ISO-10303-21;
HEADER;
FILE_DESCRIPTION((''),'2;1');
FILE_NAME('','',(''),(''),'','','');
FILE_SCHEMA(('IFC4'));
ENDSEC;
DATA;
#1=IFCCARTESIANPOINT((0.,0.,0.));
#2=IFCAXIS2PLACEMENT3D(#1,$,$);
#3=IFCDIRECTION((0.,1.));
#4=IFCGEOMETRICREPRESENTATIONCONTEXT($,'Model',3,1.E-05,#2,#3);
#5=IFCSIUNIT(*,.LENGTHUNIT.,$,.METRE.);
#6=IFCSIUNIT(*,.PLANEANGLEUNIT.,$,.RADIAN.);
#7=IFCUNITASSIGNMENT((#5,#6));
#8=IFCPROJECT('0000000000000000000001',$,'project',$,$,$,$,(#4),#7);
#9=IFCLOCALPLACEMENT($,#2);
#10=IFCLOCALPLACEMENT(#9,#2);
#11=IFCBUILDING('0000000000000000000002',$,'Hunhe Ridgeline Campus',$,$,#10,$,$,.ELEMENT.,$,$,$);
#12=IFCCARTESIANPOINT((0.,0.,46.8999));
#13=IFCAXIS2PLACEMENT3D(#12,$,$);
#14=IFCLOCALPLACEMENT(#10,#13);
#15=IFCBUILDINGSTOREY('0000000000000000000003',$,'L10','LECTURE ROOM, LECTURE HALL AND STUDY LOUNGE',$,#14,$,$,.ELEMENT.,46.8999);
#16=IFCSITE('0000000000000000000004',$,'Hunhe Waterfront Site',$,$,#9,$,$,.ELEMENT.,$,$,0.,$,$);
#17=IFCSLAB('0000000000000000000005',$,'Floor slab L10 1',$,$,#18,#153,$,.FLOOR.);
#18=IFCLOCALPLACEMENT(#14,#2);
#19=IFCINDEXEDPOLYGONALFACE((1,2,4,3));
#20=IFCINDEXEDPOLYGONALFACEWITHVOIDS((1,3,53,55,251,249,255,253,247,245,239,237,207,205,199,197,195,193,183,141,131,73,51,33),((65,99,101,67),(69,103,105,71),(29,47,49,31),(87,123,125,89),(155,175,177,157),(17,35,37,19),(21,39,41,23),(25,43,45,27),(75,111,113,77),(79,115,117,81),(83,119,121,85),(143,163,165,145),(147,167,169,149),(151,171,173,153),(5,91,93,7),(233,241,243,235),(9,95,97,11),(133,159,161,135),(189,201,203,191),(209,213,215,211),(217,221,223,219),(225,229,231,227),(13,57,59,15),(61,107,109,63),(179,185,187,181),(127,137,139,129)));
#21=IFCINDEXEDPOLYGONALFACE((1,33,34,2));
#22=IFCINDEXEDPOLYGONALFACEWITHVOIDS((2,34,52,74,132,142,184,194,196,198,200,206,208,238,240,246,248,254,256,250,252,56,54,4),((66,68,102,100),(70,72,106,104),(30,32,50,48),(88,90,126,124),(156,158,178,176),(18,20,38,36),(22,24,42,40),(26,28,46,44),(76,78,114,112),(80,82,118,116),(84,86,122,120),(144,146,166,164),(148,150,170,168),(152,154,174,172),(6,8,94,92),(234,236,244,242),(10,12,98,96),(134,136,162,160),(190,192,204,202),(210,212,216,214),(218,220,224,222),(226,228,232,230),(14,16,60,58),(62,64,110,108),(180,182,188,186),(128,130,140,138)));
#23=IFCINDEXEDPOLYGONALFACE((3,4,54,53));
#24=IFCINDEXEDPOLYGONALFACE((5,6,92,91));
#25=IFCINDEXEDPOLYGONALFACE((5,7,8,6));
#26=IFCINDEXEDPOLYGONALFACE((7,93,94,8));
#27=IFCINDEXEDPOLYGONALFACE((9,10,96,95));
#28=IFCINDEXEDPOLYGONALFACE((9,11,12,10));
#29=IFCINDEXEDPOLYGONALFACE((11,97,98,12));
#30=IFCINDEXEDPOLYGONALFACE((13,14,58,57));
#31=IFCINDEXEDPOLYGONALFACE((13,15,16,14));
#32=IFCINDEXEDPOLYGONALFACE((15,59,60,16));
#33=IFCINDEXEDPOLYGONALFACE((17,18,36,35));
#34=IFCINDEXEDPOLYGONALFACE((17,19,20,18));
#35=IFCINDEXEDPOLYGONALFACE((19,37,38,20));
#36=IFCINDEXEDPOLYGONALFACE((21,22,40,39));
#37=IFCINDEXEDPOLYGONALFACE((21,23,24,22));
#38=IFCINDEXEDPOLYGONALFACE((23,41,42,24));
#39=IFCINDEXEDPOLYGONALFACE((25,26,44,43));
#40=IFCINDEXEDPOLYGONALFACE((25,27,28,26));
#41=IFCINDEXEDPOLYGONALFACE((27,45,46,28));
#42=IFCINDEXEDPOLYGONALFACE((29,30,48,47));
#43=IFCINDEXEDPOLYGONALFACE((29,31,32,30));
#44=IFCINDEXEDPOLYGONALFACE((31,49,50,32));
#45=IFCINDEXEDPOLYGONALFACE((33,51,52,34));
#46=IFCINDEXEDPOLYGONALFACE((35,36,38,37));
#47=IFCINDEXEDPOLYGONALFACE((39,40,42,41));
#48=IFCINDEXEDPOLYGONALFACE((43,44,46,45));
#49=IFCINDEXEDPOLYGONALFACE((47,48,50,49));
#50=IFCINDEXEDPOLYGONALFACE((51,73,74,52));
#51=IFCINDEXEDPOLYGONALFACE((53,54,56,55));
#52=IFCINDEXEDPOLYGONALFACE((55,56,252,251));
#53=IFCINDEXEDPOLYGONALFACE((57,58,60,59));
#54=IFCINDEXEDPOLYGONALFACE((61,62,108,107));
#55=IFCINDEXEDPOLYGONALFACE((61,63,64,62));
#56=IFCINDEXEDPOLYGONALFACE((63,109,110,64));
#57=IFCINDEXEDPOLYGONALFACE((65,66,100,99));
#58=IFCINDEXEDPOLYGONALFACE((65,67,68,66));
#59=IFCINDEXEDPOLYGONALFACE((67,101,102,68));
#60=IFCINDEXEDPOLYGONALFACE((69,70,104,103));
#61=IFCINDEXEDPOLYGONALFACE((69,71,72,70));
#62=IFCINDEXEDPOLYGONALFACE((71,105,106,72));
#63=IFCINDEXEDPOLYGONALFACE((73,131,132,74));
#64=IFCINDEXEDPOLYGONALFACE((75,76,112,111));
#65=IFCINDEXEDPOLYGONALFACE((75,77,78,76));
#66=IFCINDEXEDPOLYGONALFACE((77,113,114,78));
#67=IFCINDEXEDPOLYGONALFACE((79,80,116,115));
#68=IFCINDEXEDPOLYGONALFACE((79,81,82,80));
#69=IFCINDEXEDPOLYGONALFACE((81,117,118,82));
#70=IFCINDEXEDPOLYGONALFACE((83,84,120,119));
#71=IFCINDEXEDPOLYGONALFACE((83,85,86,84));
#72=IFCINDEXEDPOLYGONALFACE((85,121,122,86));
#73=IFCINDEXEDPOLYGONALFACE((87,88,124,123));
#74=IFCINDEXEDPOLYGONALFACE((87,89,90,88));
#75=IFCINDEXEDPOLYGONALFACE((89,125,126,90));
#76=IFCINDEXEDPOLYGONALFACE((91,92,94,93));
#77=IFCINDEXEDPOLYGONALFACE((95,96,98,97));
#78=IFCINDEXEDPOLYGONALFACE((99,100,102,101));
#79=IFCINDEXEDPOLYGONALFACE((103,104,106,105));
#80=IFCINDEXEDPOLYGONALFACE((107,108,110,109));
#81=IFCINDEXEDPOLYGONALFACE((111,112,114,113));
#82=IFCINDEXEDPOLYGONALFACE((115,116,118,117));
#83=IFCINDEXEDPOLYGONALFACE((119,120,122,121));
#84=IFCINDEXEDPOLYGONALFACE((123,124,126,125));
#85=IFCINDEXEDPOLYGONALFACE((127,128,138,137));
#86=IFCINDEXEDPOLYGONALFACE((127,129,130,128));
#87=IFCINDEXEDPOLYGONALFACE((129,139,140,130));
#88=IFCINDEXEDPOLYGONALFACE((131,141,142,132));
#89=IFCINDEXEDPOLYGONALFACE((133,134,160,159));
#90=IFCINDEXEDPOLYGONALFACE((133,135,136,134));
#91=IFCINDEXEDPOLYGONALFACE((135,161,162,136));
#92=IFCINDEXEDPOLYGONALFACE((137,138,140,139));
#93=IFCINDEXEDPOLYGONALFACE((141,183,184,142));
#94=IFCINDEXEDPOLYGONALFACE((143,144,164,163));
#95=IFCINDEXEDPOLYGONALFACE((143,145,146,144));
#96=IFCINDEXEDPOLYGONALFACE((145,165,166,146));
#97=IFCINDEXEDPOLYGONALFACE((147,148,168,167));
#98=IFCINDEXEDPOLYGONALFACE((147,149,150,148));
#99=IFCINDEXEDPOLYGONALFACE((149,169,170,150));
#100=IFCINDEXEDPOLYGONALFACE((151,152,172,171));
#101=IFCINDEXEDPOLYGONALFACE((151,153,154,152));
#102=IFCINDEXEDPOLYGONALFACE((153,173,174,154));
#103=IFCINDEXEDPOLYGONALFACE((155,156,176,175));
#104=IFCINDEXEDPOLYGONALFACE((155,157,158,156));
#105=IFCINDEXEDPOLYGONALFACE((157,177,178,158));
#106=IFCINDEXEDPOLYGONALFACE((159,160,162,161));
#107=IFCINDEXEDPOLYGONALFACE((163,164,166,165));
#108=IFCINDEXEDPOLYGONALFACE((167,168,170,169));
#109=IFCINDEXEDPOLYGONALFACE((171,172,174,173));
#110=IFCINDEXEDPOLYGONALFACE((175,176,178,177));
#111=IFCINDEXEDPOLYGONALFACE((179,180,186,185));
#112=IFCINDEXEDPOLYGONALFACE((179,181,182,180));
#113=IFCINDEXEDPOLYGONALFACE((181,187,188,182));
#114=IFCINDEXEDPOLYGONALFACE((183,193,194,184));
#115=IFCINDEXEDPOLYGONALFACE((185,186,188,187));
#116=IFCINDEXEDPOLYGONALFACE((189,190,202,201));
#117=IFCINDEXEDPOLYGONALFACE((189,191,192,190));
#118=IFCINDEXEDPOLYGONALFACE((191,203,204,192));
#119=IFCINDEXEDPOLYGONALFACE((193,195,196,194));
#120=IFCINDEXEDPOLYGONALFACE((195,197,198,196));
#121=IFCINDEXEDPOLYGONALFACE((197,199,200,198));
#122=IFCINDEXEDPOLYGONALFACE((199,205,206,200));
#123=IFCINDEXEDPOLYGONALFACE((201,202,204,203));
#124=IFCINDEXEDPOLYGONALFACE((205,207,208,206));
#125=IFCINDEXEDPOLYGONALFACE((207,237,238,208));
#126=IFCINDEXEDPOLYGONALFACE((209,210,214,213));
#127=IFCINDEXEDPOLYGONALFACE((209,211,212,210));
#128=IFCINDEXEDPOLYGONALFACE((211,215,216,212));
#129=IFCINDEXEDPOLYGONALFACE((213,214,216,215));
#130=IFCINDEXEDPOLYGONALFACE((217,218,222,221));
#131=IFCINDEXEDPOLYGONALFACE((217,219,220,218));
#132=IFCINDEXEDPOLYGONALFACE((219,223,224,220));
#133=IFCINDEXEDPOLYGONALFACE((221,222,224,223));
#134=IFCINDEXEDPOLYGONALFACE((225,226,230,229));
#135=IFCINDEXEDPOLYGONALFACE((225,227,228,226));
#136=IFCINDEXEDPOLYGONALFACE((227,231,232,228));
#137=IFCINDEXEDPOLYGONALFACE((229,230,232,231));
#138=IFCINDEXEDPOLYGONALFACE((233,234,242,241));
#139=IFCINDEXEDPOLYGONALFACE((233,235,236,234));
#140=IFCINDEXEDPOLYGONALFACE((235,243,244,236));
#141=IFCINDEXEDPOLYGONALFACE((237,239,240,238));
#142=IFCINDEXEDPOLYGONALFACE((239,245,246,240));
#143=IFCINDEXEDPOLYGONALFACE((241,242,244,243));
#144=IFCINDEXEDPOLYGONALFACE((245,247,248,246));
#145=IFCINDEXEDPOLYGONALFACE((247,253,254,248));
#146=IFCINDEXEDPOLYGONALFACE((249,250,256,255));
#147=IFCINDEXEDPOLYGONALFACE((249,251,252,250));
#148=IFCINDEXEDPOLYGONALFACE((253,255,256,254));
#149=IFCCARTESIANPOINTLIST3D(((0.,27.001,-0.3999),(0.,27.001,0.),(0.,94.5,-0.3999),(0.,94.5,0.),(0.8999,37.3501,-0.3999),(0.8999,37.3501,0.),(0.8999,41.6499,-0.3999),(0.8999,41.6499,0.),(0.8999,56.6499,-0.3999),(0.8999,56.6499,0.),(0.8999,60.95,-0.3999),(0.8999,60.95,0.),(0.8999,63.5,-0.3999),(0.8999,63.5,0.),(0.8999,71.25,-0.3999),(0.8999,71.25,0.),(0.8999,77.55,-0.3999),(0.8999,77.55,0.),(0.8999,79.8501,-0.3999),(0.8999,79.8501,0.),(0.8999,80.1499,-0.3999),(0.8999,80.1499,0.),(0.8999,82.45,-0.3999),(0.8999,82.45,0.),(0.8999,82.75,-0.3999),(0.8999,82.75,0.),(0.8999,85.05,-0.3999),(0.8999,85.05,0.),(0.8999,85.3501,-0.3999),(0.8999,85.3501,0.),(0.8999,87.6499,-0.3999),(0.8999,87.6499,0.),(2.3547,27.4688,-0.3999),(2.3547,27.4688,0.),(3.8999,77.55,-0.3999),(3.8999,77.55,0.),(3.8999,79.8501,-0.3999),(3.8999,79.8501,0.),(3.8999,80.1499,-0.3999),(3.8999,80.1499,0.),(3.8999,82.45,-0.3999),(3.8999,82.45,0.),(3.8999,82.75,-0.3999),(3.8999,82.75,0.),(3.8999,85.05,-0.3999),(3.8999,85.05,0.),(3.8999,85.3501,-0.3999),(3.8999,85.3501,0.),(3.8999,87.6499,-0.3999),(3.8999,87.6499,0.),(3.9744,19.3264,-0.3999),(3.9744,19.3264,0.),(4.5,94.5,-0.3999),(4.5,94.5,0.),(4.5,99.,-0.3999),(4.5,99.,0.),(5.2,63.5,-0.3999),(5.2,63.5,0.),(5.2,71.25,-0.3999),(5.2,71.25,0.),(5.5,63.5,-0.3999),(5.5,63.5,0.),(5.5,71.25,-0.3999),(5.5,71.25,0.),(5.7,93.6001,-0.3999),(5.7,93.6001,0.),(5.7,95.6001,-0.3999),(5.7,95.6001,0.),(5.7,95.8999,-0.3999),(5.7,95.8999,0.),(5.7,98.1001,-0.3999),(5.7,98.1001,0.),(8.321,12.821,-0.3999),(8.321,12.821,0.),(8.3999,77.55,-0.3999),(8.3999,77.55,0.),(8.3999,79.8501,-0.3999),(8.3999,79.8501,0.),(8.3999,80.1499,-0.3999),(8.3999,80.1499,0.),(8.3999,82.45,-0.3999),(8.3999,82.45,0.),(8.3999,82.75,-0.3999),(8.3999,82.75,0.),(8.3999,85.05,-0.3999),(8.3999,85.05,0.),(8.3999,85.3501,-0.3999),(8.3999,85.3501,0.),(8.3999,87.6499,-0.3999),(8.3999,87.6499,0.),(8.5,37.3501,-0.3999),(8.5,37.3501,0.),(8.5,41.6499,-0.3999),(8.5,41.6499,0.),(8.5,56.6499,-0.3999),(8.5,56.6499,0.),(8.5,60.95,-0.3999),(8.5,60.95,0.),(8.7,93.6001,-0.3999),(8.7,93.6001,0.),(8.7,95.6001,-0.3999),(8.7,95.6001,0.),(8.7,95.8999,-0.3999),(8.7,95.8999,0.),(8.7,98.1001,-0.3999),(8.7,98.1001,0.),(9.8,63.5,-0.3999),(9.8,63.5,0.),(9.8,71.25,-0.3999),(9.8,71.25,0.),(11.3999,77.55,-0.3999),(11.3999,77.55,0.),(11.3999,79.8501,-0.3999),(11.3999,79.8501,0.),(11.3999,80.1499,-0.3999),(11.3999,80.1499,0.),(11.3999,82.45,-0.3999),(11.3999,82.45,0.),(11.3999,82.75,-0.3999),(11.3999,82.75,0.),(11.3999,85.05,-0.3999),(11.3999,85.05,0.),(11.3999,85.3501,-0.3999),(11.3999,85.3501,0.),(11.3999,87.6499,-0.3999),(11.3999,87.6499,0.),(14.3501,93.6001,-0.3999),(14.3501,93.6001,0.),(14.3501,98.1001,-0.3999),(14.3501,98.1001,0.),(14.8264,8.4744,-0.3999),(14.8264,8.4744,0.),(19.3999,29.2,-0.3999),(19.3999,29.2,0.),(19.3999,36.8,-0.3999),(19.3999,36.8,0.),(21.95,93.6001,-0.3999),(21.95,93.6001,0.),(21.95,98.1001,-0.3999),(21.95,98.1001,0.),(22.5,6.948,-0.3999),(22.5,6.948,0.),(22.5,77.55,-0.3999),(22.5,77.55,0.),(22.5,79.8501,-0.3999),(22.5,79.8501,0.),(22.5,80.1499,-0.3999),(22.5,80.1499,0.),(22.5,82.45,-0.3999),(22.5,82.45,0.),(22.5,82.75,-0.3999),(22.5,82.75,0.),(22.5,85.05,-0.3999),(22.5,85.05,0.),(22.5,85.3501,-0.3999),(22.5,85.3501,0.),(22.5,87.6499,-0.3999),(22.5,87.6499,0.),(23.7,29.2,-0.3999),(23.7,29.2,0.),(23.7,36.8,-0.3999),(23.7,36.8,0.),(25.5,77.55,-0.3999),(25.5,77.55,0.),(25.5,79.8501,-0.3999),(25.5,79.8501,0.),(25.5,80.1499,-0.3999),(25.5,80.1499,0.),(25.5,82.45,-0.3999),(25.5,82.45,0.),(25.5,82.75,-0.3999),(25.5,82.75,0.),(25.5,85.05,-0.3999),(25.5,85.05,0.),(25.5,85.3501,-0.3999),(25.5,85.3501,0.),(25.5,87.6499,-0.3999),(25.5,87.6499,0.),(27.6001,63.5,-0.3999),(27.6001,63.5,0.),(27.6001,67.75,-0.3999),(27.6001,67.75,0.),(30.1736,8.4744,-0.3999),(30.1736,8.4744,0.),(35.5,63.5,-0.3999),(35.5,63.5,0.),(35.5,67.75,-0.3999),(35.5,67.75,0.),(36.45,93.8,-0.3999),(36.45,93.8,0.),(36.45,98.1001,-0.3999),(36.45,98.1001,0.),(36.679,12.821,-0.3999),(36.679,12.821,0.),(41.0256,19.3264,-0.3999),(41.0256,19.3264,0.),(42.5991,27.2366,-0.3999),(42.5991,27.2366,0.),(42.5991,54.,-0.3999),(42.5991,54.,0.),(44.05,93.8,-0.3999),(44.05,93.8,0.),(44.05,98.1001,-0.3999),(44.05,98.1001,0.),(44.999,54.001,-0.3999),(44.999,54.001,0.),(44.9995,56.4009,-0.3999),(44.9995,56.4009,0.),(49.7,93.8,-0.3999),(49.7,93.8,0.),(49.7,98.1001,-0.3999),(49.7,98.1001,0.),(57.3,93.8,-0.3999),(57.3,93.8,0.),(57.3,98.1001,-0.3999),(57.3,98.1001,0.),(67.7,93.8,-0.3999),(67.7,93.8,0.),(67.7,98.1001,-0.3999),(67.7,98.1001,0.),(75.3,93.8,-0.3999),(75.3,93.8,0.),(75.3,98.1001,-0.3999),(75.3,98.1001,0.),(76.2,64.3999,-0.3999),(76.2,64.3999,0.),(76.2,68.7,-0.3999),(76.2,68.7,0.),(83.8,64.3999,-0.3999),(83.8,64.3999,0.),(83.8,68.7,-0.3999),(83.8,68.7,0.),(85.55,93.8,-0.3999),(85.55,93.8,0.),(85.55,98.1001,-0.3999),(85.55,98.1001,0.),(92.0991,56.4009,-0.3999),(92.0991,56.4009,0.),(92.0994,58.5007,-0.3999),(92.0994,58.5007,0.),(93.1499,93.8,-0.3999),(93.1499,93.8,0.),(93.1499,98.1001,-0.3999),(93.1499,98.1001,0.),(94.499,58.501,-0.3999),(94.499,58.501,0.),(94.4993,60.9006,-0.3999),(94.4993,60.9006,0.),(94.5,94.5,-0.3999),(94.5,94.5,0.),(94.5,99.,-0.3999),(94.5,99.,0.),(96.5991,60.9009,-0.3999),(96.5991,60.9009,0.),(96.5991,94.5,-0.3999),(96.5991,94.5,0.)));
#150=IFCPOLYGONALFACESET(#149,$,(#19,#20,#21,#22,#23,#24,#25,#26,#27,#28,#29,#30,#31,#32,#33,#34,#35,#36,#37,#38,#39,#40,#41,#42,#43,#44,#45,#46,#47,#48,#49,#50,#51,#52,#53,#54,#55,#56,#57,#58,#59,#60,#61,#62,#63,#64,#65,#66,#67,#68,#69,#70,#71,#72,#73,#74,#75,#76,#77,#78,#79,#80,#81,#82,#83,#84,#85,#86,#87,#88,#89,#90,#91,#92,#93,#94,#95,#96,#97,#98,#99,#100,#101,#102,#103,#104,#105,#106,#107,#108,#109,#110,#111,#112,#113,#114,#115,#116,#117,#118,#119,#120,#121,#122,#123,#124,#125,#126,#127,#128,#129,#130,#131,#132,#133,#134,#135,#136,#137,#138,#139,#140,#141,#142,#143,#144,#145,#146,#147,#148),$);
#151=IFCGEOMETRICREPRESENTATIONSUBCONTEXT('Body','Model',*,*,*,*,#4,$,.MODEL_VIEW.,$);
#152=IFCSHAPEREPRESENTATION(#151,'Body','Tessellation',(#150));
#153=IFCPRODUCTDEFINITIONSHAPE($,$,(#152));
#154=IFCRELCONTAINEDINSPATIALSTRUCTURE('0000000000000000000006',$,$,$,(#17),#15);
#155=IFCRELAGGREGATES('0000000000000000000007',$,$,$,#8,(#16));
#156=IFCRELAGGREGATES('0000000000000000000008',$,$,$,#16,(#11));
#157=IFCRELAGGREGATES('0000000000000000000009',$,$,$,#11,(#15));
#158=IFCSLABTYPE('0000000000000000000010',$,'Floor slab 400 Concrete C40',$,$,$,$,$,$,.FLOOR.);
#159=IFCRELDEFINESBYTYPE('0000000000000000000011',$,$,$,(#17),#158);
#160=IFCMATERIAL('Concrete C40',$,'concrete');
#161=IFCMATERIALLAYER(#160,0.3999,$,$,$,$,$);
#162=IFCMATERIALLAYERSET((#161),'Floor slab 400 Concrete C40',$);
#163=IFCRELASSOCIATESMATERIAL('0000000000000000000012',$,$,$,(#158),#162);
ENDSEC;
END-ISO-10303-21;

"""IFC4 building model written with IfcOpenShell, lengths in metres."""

from ifc_helpers import new_model, si_unit, direction, frame, origin, place, context, subcontext, project, spatial, polyline, outline, extrude, material, layer, layer_set, type_object, element, save


model = new_model("IFC4")

# Units and contexts
model_context = context("Model", 3, precision=1e-05, world=origin(), true_north=direction((0.0, 1.0)))
body_context = subcontext(model_context, "Body", "Model", "MODEL_VIEW")
ifc_project = project(units=[si_unit("LENGTHUNIT", "METRE"), si_unit("PLANEANGLEUNIT", "RADIAN")], contexts=[model_context])

# Site, building, storey
site_placement = place(None, origin())
site = spatial("IfcSite", under=ifc_project, at=site_placement, Name="Hunhe Waterfront Site", CompositionType="ELEMENT", RefElevation=0.0)
building_placement = place(site_placement, origin())
building = spatial("IfcBuilding", under=site, at=building_placement, Name="Hunhe Ridgeline Campus", CompositionType="ELEMENT")
storey_placement = place(building_placement, frame((0.0, 0.0, 46.8999)))
storey = spatial("IfcBuildingStorey", under=building, at=storey_placement, Name="L10", Description="LECTURE ROOM, LECTURE HALL AND STUDY LOUNGE", CompositionType="ELEMENT", Elevation=46.8999)

# Slab
ifc_material_1 = material(Name="Concrete C40", Category="concrete")
ifc_layer_1 = layer(ifc_material_1, 0.3999)
ifc_layer_set_1 = layer_set([ifc_layer_1], Name="Floor slab 400 Concrete C40")
slab_type_1 = type_object("IfcSlabType", Name="Floor slab 400 Concrete C40", PredefinedType="FLOOR", material=ifc_layer_set_1)
slab_1_placement = place(storey_placement, frame((0.0, 0.0, -0.3999)))
element("IfcSlab", 1, at=slab_1_placement, inside=storey, type_object=slab_type_1, Name="Floor slab L10 1", PredefinedType="FLOOR", context=body_context, shape_type="SweptSolid", body=[
    extrude(outline(polyline([(4.5, 94.5), (0.0, 94.5), (0.0, 27.001), (2.3547, 27.4688), (3.9744, 19.3264), (8.321, 12.821), (14.8264, 8.4744), (22.5, 6.948), (30.1736, 8.4744), (36.679, 12.821), (41.0256, 19.3264), (42.5991, 27.2366), (42.5991, 54.0), (44.999, 54.001), (44.9995, 56.4009), (92.0991, 56.4009), (92.0994, 58.5007), (94.499, 58.501), (94.4993, 60.9006), (96.5991, 60.9009), (96.5991, 94.5), (94.5, 94.5), (94.5, 99.0), (4.5, 99.0), (4.5, 94.5)]), holes=[polyline([(93.1499, 93.8), (93.1499, 98.1001), (85.55, 98.1001), (85.55, 93.8), (93.1499, 93.8)]), polyline([(76.2, 68.7), (76.2, 64.3999), (83.8, 64.3999), (83.8, 68.7), (76.2, 68.7)]), polyline([(75.3, 98.1001), (67.7, 98.1001), (67.7, 93.8), (75.3, 93.8), (75.3, 98.1001)]), polyline([(49.7, 98.1001), (49.7, 93.8), (57.3, 93.8), (57.3, 98.1001), (49.7, 98.1001)]), polyline([(36.45, 93.8), (44.05, 93.8), (44.05, 98.1001), (36.45, 98.1001), (36.45, 93.8)]), polyline([(35.5, 63.5), (35.5, 67.75), (27.6001, 67.75), (27.6001, 63.5), (35.5, 63.5)]), polyline([(25.5, 80.1499), (25.5, 82.45), (22.5, 82.45), (22.5, 80.1499), (25.5, 80.1499)]), polyline([(25.5, 79.8501), (22.5, 79.8501), (22.5, 77.55), (25.5, 77.55), (25.5, 79.8501)]), polyline([(22.5, 87.6499), (22.5, 85.3501), (25.5, 85.3501), (25.5, 87.6499), (22.5, 87.6499)]), polyline([(22.5, 82.75), (25.5, 82.75), (25.5, 85.05), (22.5, 85.05), (22.5, 82.75)]), polyline([(23.7, 29.2), (23.7, 36.8), (19.3999, 36.8), (19.3999, 29.2), (23.7, 29.2)]), polyline([(14.3501, 93.6001), (21.95, 93.6001), (21.95, 98.1001), (14.3501, 98.1001), (14.3501, 93.6001)]), polyline([(11.3999, 79.8501), (8.3999, 79.8501), (8.3999, 77.55), (11.3999, 77.55), (11.3999, 79.8501)]), polyline([(11.3999, 80.1499), (11.3999, 82.45), (8.3999, 82.45), (8.3999, 80.1499), (11.3999, 80.1499)]), polyline([(8.3999, 87.6499), (8.3999, 85.3501), (11.3999, 85.3501), (11.3999, 87.6499), (8.3999, 87.6499)]), polyline([(8.3999, 82.75), (11.3999, 82.75), (11.3999, 85.05), (8.3999, 85.05), (8.3999, 82.75)]), polyline([(9.8, 71.25), (5.5, 71.25), (5.5, 63.5), (9.8, 63.5), (9.8, 71.25)]), polyline([(8.7, 95.8999), (8.7, 98.1001), (5.7, 98.1001), (5.7, 95.8999), (8.7, 95.8999)]), polyline([(8.7, 95.6001), (5.7, 95.6001), (5.7, 93.6001), (8.7, 93.6001), (8.7, 95.6001)]), polyline([(0.8999, 37.3501), (8.5, 37.3501), (8.5, 41.6499), (0.8999, 41.6499), (0.8999, 37.3501)]), polyline([(0.8999, 60.95), (0.8999, 56.6499), (8.5, 56.6499), (8.5, 60.95), (0.8999, 60.95)]), polyline([(0.8999, 71.25), (0.8999, 63.5), (5.2, 63.5), (5.2, 71.25), (0.8999, 71.25)]), polyline([(3.8999, 80.1499), (3.8999, 82.45), (0.8999, 82.45), (0.8999, 80.1499), (3.8999, 80.1499)]), polyline([(3.8999, 79.8501), (0.8999, 79.8501), (0.8999, 77.55), (3.8999, 77.55), (3.8999, 79.8501)]), polyline([(0.8999, 87.6499), (0.8999, 85.3501), (3.8999, 85.3501), (3.8999, 87.6499), (0.8999, 87.6499)]), polyline([(0.8999, 82.75), (3.8999, 82.75), (3.8999, 85.05), (0.8999, 85.05), (0.8999, 82.75)])]), origin(), (0.0, 0.0, 1.0), 0.3999),
])

save(model, "model.ifc")
